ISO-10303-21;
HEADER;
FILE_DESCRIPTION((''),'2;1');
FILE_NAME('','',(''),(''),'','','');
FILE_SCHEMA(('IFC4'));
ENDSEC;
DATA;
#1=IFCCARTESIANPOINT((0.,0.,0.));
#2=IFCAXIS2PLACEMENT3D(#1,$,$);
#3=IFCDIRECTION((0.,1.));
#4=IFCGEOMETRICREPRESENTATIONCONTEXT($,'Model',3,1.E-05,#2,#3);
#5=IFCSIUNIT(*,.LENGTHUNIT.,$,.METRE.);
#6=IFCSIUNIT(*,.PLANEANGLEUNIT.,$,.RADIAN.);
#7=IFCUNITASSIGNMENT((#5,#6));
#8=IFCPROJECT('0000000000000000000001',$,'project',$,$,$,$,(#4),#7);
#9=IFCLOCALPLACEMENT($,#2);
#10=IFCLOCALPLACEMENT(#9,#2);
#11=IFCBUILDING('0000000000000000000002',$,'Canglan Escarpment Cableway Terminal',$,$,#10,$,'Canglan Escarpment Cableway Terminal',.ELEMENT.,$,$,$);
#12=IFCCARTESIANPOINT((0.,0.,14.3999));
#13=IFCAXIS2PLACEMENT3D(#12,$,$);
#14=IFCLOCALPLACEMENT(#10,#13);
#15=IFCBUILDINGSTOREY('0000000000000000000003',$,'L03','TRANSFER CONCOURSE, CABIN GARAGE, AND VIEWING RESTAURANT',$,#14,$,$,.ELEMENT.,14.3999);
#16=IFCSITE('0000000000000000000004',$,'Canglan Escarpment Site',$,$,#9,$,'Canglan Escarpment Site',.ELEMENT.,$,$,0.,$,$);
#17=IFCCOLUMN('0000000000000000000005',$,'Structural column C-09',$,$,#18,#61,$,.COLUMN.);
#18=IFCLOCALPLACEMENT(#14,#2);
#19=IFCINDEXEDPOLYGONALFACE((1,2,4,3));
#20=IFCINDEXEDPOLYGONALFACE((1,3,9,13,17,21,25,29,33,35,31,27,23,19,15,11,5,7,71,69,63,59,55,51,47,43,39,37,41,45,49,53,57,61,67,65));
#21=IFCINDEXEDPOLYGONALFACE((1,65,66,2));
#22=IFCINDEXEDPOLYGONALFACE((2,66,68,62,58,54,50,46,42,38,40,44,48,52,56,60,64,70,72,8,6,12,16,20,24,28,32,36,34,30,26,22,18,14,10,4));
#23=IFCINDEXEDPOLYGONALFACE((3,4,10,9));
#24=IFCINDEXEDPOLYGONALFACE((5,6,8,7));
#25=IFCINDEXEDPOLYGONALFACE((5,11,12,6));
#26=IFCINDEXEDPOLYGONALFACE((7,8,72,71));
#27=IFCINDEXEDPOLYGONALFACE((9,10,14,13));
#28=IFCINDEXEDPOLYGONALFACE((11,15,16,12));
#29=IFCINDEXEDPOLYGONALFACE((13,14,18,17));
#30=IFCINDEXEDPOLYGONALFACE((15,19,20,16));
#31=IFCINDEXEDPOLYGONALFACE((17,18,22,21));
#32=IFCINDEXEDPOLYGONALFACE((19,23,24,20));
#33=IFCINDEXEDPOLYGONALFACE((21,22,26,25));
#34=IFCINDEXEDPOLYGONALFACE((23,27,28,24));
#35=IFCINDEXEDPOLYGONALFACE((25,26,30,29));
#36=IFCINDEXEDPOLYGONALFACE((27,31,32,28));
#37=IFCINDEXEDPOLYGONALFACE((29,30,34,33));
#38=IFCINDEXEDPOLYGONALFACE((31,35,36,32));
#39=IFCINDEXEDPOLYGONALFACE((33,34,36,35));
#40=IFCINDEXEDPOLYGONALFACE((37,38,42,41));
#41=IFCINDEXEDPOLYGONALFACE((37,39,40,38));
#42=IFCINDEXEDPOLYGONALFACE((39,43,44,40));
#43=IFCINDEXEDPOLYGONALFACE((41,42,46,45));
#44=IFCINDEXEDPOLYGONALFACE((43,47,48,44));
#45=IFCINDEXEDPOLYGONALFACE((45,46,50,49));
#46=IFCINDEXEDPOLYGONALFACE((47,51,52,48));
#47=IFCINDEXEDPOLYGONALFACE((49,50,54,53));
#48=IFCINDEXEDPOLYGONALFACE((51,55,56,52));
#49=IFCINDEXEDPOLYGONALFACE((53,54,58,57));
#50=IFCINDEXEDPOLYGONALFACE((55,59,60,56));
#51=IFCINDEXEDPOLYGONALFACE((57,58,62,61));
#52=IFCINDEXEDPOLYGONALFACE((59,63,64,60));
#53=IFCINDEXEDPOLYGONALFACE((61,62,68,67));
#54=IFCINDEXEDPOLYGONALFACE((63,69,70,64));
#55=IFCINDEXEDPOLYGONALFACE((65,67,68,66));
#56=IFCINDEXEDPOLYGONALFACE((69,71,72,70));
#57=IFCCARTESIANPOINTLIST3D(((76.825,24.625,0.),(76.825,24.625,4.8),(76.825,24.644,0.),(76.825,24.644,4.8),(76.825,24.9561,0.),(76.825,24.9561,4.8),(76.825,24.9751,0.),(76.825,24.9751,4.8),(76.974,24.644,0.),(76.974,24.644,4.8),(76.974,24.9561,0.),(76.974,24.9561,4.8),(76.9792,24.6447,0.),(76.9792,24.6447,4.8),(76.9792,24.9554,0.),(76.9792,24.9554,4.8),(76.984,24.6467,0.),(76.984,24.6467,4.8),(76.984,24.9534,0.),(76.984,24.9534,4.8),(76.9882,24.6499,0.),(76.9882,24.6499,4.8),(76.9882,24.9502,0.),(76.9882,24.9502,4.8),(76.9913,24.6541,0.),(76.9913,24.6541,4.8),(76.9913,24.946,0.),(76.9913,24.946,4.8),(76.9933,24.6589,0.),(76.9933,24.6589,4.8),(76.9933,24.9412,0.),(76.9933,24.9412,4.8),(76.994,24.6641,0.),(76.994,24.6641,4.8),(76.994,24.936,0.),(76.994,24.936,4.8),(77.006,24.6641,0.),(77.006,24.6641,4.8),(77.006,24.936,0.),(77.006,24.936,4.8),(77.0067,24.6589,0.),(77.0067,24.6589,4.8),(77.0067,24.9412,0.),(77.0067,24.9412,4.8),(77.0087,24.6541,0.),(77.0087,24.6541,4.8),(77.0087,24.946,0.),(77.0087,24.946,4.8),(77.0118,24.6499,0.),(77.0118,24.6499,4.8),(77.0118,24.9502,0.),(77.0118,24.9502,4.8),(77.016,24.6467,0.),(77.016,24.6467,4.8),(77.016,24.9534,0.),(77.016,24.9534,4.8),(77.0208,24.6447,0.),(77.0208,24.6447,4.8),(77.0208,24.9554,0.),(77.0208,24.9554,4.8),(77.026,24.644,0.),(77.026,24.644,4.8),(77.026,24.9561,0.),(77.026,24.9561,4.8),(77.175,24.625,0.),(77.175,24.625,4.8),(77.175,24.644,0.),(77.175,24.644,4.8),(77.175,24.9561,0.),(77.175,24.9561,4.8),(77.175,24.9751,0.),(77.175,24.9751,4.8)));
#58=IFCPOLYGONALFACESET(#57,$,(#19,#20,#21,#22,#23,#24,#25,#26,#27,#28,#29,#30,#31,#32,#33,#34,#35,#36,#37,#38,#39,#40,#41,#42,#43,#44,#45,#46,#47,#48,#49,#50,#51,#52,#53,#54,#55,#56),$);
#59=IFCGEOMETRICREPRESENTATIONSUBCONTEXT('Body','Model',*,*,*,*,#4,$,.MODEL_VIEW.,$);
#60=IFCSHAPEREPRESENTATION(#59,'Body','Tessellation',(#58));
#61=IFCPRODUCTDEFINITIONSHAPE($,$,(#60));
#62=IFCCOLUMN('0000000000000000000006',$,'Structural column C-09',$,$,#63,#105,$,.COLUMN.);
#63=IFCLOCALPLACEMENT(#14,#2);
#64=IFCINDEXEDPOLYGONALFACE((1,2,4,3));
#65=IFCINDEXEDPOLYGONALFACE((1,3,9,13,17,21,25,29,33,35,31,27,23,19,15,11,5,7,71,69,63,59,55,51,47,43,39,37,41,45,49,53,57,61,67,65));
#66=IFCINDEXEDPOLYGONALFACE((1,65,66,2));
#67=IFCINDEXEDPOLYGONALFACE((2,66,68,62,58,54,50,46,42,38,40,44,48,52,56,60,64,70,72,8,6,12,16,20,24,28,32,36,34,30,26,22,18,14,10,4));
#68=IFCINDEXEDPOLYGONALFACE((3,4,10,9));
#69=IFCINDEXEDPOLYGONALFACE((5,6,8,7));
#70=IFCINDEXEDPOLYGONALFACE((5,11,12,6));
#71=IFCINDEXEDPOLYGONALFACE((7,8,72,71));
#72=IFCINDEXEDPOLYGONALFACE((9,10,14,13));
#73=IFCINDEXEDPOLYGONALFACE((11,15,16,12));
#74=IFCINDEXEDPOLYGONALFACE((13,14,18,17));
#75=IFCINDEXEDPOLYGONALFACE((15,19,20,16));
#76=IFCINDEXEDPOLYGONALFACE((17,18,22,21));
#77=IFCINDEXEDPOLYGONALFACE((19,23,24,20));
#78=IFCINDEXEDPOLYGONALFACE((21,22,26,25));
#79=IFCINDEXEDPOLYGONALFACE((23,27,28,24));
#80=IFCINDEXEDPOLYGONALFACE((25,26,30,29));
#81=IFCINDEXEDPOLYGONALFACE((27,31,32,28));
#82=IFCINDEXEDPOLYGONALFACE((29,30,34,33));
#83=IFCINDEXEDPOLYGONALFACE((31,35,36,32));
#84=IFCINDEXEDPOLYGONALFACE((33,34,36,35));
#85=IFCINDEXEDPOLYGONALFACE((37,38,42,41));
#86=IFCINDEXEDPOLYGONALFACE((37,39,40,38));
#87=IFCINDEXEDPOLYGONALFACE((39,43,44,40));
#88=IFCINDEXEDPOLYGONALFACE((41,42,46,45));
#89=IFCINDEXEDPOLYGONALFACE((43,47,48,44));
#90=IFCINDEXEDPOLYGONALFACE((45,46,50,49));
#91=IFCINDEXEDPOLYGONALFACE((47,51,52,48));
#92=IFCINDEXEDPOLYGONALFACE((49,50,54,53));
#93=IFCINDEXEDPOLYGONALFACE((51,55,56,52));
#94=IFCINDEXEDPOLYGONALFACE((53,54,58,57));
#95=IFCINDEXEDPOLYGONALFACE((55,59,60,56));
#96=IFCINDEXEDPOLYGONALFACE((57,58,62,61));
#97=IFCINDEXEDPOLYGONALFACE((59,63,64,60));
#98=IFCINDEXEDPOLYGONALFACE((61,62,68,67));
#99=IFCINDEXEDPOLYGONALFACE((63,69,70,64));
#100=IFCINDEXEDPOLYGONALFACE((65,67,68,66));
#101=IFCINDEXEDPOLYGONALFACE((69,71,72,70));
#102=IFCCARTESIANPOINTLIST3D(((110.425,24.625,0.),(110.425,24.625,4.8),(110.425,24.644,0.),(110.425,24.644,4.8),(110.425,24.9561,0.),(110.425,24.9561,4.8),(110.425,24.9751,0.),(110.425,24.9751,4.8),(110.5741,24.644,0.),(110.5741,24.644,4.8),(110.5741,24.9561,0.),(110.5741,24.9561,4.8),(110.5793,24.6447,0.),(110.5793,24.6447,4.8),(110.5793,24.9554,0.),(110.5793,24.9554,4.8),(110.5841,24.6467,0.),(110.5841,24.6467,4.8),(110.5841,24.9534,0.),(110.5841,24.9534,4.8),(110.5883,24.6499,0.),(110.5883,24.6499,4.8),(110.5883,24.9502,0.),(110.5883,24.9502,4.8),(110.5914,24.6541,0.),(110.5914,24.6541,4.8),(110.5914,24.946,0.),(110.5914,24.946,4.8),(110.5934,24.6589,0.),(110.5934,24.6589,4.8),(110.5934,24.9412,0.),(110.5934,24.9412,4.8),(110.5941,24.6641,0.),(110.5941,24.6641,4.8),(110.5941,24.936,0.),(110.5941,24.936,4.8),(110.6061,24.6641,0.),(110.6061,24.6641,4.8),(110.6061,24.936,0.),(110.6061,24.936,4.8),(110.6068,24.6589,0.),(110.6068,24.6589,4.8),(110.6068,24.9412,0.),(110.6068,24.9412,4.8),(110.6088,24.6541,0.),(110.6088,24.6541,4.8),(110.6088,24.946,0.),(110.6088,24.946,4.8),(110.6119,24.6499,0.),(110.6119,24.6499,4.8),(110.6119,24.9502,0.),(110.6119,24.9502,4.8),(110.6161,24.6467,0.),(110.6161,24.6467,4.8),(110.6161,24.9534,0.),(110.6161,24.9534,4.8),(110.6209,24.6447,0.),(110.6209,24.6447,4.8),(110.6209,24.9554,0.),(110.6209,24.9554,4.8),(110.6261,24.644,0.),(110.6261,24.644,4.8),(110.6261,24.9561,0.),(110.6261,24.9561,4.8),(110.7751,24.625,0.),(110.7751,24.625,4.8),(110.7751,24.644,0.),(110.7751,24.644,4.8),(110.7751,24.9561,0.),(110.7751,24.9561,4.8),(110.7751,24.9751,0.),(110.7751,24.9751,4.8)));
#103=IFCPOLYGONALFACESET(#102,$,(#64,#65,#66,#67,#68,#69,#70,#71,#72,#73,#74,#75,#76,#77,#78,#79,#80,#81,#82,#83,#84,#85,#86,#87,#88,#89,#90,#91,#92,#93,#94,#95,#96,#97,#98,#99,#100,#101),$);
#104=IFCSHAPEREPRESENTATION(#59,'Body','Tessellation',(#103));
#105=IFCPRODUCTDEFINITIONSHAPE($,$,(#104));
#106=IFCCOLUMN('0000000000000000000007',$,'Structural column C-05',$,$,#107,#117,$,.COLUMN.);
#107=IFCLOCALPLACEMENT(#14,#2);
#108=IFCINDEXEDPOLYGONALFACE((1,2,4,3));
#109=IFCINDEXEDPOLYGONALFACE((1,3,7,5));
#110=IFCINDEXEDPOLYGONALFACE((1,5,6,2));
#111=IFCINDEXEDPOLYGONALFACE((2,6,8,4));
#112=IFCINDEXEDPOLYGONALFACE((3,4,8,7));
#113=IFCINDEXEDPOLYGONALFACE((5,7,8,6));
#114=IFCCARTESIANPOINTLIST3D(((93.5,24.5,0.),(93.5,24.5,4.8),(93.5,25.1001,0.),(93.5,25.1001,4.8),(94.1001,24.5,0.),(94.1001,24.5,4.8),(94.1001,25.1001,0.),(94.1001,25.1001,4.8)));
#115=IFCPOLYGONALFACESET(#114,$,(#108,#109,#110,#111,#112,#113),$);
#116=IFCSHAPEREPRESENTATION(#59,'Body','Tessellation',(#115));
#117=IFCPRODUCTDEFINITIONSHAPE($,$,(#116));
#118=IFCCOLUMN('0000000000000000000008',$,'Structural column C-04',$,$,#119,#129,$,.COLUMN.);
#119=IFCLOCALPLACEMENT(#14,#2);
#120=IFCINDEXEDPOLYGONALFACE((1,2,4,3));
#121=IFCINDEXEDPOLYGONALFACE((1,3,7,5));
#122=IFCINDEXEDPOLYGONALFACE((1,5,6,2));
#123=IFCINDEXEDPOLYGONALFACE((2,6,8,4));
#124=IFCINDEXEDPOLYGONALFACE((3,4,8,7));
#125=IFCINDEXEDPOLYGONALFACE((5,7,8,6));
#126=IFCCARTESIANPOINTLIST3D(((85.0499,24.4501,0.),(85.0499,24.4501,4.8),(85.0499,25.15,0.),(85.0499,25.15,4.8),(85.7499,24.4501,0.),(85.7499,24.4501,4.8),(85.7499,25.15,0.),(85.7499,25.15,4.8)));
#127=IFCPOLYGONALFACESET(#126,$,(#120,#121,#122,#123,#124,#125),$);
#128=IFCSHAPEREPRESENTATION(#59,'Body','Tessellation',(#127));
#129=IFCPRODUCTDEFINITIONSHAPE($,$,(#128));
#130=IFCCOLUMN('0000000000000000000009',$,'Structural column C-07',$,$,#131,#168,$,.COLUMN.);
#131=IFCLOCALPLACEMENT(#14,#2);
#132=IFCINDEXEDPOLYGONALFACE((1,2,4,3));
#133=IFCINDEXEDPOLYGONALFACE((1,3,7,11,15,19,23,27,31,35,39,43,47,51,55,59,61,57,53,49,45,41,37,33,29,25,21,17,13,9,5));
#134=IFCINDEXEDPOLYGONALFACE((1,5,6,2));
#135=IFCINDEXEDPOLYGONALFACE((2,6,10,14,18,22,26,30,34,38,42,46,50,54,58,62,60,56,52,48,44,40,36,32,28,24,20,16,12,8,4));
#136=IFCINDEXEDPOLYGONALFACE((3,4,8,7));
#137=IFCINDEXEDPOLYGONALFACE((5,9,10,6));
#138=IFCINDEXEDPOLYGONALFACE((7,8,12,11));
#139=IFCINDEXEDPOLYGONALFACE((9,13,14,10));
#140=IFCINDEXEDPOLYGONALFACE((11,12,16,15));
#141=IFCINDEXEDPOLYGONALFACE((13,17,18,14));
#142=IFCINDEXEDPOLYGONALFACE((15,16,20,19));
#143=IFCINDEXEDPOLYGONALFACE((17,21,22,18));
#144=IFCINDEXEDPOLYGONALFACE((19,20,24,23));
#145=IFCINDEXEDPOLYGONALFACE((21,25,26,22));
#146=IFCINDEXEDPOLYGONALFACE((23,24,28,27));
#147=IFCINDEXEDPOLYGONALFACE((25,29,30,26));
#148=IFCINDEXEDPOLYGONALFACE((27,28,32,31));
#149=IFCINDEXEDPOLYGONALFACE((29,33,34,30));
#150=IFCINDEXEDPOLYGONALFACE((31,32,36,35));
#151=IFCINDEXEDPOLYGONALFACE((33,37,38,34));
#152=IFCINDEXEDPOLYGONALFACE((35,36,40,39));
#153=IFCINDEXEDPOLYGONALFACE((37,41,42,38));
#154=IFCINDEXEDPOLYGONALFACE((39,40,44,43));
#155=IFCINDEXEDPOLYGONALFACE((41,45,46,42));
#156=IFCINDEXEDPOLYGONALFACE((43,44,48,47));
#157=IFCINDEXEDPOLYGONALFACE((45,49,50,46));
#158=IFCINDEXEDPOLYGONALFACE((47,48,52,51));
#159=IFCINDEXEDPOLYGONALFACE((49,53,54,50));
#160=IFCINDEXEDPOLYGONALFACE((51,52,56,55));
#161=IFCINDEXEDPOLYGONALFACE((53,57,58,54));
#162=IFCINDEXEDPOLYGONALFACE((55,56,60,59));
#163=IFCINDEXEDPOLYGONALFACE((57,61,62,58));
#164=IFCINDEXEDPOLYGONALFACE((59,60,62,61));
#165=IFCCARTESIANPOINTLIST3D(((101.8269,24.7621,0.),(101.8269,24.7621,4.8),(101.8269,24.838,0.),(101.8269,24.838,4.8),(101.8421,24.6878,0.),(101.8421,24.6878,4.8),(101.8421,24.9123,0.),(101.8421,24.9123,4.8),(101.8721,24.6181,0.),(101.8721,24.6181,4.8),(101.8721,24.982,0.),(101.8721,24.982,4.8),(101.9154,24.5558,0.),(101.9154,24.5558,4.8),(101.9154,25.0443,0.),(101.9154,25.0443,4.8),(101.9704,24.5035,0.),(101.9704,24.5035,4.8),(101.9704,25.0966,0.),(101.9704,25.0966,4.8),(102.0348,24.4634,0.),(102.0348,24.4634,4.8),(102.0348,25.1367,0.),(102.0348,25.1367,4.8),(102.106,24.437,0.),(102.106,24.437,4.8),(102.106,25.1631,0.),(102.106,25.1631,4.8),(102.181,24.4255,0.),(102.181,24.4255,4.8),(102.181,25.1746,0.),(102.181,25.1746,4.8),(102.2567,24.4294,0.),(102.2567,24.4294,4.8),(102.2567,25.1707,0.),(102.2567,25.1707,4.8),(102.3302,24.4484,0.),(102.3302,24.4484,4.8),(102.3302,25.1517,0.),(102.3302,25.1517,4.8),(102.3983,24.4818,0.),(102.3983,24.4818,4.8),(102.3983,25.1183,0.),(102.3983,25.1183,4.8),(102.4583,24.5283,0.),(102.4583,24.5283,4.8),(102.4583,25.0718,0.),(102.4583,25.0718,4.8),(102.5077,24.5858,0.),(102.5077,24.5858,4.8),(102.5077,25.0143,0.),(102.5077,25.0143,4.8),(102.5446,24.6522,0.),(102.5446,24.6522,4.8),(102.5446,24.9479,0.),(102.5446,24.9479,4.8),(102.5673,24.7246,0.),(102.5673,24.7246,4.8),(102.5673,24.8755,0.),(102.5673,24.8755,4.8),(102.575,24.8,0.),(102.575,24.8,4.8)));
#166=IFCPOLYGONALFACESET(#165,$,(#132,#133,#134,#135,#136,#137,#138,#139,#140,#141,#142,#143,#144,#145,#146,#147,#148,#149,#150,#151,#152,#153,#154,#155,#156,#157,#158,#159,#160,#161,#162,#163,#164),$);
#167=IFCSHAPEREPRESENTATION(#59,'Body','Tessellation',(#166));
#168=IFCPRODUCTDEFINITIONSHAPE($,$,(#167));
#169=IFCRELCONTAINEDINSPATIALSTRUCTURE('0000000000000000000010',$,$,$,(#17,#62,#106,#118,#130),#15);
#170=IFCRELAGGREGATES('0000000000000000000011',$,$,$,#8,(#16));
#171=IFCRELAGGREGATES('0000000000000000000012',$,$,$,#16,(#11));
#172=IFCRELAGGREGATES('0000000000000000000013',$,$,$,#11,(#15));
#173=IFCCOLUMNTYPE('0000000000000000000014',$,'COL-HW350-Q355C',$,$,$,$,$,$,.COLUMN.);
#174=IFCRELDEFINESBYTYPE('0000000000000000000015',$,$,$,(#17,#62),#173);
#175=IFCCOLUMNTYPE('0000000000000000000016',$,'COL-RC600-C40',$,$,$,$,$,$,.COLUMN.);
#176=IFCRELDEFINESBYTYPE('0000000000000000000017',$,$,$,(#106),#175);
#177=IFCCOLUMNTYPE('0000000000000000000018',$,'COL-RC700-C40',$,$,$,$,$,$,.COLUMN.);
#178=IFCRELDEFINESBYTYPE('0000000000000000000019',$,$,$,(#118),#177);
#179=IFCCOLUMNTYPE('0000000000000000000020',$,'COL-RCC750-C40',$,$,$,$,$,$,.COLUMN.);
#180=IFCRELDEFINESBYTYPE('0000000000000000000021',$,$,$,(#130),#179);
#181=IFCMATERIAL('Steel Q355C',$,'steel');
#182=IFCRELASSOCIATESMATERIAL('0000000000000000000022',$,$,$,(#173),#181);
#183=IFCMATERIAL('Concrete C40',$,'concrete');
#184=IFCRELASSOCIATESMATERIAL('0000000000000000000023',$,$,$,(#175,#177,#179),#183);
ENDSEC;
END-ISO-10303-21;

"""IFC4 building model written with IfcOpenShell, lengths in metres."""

from ifc_helpers import new_model, si_unit, direction, frame, origin, origin_2d, place, context, subcontext, project, spatial, rectangle, circle, i_section, extrude, material, material_profile, profile_set, type_object, element, save


model = new_model("IFC4")

# Units and contexts
model_context = context("Model", 3, precision=1e-05, world=origin(), true_north=direction((0.0, 1.0)))
body_context = subcontext(model_context, "Body", "Model", "MODEL_VIEW")
ifc_project = project(units=[si_unit("LENGTHUNIT", "METRE"), si_unit("PLANEANGLEUNIT", "RADIAN")], contexts=[model_context])

# Site, building, storey
site_placement = place(None, origin())
site = spatial("IfcSite", under=ifc_project, at=site_placement, Name="Canglan Escarpment Site", LongName="Canglan Escarpment Site", CompositionType="ELEMENT", RefElevation=0.0)
building_placement = place(site_placement, origin())
building = spatial("IfcBuilding", under=site, at=building_placement, Name="Canglan Escarpment Cableway Terminal", LongName="Canglan Escarpment Cableway Terminal", CompositionType="ELEMENT")
storey_placement = place(building_placement, frame((0.0, 0.0, 14.3999)))
storey = spatial("IfcBuildingStorey", under=building, at=storey_placement, Name="L03", Description="TRANSFER CONCOURSE, CABIN GARAGE, AND VIEWING RESTAURANT", CompositionType="ELEMENT", Elevation=14.3999)

# Columns
ifc_material_1 = material(Name="Steel Q355C", Category="steel")
ifc_material_profile_1 = material_profile(ifc_material_1, i_section(OverallWidth=0.3501, OverallDepth=0.3501, WebThickness=0.012, FlangeThickness=0.019, FilletRadius=0.02, at=origin_2d()), Name="HW 350x350x12x19")
ifc_profile_set_1 = profile_set([ifc_material_profile_1], Name="Steel Q355C")
column_type_1 = type_object("IfcColumnType", Name="COL-HW350-Q355C", PredefinedType="COLUMN", material=ifc_profile_set_1)
for number, where, z_axis, x_axis, name in (
    (1, (77.0, 24.8, 0.0), (0.0, 0.0, 1.0), (1.0, 0.0, 0.0), "Structural column C-09"),
    (2, (110.6001, 24.8, 0.0), (0.0, 0.0, 1.0), (1.0, 0.0, 0.0), "Structural column C-09"),
):
    element("IfcColumn", number, at=place(storey_placement, frame(where, z_axis=z_axis, x_axis=x_axis)), inside=storey, type_object=column_type_1, Name=name, PredefinedType="COLUMN", context=body_context, shape_type="SweptSolid", body=[
        extrude(i_section(OverallWidth=0.3501, OverallDepth=0.3501, WebThickness=0.012, FlangeThickness=0.019, FilletRadius=0.02, at=origin_2d()), origin(), (0.0, 0.0, 1.0), 4.8),
    ])
ifc_material_2 = material(Name="Concrete C40", Category="concrete")
ifc_material_profile_2 = material_profile(ifc_material_2, rectangle(XDim=0.6001, YDim=0.6001, at=origin_2d()), Name="RC 600x600")
ifc_profile_set_2 = profile_set([ifc_material_profile_2], Name="Concrete C40")
column_type_2 = type_object("IfcColumnType", Name="COL-RC600-C40", PredefinedType="COLUMN", material=ifc_profile_set_2)
column_1_placement = place(storey_placement, frame((93.8, 24.8, 0.0), z_axis=(0.0, 0.0, 1.0), x_axis=(1.0, 0.0, 0.0)))
element("IfcColumn", 3, at=column_1_placement, inside=storey, type_object=column_type_2, Name="Structural column C-05", PredefinedType="COLUMN", context=body_context, shape_type="SweptSolid", body=[
    extrude(rectangle(XDim=0.6001, YDim=0.6001, at=origin_2d()), origin(), (0.0, 0.0, 1.0), 4.8),
])
ifc_material_profile_3 = material_profile(ifc_material_2, rectangle(XDim=0.7, YDim=0.7, at=origin_2d()), Name="RC 700x700")
ifc_profile_set_3 = profile_set([ifc_material_profile_3], Name="Concrete C40")
column_type_3 = type_object("IfcColumnType", Name="COL-RC700-C40", PredefinedType="COLUMN", material=ifc_profile_set_3)
column_2_placement = place(storey_placement, frame((85.3999, 24.8, 0.0), z_axis=(0.0, 0.0, 1.0), x_axis=(1.0, 0.0, 0.0)))
element("IfcColumn", 4, at=column_2_placement, inside=storey, type_object=column_type_3, Name="Structural column C-04", PredefinedType="COLUMN", context=body_context, shape_type="SweptSolid", body=[
    extrude(rectangle(XDim=0.7, YDim=0.7, at=origin_2d()), origin(), (0.0, 0.0, 1.0), 4.8),
])
ifc_material_profile_4 = material_profile(ifc_material_2, circle(Radius=0.375, at=origin_2d()), Name="RC-CIRC D750")
ifc_profile_set_4 = profile_set([ifc_material_profile_4], Name="Concrete C40")
column_type_4 = type_object("IfcColumnType", Name="COL-RCC750-C40", PredefinedType="COLUMN", material=ifc_profile_set_4)
column_3_placement = place(storey_placement, frame((102.2, 24.8, 0.0), z_axis=(0.0, 0.0, 1.0), x_axis=(1.0, 0.0, 0.0)))
element("IfcColumn", 5, at=column_3_placement, inside=storey, type_object=column_type_4, Name="Structural column C-07", PredefinedType="COLUMN", context=body_context, shape_type="SweptSolid", body=[
    extrude(circle(Radius=0.375, at=origin_2d()), origin(), (0.0, 0.0, 1.0), 4.8),
])

save(model, "model.ifc")
